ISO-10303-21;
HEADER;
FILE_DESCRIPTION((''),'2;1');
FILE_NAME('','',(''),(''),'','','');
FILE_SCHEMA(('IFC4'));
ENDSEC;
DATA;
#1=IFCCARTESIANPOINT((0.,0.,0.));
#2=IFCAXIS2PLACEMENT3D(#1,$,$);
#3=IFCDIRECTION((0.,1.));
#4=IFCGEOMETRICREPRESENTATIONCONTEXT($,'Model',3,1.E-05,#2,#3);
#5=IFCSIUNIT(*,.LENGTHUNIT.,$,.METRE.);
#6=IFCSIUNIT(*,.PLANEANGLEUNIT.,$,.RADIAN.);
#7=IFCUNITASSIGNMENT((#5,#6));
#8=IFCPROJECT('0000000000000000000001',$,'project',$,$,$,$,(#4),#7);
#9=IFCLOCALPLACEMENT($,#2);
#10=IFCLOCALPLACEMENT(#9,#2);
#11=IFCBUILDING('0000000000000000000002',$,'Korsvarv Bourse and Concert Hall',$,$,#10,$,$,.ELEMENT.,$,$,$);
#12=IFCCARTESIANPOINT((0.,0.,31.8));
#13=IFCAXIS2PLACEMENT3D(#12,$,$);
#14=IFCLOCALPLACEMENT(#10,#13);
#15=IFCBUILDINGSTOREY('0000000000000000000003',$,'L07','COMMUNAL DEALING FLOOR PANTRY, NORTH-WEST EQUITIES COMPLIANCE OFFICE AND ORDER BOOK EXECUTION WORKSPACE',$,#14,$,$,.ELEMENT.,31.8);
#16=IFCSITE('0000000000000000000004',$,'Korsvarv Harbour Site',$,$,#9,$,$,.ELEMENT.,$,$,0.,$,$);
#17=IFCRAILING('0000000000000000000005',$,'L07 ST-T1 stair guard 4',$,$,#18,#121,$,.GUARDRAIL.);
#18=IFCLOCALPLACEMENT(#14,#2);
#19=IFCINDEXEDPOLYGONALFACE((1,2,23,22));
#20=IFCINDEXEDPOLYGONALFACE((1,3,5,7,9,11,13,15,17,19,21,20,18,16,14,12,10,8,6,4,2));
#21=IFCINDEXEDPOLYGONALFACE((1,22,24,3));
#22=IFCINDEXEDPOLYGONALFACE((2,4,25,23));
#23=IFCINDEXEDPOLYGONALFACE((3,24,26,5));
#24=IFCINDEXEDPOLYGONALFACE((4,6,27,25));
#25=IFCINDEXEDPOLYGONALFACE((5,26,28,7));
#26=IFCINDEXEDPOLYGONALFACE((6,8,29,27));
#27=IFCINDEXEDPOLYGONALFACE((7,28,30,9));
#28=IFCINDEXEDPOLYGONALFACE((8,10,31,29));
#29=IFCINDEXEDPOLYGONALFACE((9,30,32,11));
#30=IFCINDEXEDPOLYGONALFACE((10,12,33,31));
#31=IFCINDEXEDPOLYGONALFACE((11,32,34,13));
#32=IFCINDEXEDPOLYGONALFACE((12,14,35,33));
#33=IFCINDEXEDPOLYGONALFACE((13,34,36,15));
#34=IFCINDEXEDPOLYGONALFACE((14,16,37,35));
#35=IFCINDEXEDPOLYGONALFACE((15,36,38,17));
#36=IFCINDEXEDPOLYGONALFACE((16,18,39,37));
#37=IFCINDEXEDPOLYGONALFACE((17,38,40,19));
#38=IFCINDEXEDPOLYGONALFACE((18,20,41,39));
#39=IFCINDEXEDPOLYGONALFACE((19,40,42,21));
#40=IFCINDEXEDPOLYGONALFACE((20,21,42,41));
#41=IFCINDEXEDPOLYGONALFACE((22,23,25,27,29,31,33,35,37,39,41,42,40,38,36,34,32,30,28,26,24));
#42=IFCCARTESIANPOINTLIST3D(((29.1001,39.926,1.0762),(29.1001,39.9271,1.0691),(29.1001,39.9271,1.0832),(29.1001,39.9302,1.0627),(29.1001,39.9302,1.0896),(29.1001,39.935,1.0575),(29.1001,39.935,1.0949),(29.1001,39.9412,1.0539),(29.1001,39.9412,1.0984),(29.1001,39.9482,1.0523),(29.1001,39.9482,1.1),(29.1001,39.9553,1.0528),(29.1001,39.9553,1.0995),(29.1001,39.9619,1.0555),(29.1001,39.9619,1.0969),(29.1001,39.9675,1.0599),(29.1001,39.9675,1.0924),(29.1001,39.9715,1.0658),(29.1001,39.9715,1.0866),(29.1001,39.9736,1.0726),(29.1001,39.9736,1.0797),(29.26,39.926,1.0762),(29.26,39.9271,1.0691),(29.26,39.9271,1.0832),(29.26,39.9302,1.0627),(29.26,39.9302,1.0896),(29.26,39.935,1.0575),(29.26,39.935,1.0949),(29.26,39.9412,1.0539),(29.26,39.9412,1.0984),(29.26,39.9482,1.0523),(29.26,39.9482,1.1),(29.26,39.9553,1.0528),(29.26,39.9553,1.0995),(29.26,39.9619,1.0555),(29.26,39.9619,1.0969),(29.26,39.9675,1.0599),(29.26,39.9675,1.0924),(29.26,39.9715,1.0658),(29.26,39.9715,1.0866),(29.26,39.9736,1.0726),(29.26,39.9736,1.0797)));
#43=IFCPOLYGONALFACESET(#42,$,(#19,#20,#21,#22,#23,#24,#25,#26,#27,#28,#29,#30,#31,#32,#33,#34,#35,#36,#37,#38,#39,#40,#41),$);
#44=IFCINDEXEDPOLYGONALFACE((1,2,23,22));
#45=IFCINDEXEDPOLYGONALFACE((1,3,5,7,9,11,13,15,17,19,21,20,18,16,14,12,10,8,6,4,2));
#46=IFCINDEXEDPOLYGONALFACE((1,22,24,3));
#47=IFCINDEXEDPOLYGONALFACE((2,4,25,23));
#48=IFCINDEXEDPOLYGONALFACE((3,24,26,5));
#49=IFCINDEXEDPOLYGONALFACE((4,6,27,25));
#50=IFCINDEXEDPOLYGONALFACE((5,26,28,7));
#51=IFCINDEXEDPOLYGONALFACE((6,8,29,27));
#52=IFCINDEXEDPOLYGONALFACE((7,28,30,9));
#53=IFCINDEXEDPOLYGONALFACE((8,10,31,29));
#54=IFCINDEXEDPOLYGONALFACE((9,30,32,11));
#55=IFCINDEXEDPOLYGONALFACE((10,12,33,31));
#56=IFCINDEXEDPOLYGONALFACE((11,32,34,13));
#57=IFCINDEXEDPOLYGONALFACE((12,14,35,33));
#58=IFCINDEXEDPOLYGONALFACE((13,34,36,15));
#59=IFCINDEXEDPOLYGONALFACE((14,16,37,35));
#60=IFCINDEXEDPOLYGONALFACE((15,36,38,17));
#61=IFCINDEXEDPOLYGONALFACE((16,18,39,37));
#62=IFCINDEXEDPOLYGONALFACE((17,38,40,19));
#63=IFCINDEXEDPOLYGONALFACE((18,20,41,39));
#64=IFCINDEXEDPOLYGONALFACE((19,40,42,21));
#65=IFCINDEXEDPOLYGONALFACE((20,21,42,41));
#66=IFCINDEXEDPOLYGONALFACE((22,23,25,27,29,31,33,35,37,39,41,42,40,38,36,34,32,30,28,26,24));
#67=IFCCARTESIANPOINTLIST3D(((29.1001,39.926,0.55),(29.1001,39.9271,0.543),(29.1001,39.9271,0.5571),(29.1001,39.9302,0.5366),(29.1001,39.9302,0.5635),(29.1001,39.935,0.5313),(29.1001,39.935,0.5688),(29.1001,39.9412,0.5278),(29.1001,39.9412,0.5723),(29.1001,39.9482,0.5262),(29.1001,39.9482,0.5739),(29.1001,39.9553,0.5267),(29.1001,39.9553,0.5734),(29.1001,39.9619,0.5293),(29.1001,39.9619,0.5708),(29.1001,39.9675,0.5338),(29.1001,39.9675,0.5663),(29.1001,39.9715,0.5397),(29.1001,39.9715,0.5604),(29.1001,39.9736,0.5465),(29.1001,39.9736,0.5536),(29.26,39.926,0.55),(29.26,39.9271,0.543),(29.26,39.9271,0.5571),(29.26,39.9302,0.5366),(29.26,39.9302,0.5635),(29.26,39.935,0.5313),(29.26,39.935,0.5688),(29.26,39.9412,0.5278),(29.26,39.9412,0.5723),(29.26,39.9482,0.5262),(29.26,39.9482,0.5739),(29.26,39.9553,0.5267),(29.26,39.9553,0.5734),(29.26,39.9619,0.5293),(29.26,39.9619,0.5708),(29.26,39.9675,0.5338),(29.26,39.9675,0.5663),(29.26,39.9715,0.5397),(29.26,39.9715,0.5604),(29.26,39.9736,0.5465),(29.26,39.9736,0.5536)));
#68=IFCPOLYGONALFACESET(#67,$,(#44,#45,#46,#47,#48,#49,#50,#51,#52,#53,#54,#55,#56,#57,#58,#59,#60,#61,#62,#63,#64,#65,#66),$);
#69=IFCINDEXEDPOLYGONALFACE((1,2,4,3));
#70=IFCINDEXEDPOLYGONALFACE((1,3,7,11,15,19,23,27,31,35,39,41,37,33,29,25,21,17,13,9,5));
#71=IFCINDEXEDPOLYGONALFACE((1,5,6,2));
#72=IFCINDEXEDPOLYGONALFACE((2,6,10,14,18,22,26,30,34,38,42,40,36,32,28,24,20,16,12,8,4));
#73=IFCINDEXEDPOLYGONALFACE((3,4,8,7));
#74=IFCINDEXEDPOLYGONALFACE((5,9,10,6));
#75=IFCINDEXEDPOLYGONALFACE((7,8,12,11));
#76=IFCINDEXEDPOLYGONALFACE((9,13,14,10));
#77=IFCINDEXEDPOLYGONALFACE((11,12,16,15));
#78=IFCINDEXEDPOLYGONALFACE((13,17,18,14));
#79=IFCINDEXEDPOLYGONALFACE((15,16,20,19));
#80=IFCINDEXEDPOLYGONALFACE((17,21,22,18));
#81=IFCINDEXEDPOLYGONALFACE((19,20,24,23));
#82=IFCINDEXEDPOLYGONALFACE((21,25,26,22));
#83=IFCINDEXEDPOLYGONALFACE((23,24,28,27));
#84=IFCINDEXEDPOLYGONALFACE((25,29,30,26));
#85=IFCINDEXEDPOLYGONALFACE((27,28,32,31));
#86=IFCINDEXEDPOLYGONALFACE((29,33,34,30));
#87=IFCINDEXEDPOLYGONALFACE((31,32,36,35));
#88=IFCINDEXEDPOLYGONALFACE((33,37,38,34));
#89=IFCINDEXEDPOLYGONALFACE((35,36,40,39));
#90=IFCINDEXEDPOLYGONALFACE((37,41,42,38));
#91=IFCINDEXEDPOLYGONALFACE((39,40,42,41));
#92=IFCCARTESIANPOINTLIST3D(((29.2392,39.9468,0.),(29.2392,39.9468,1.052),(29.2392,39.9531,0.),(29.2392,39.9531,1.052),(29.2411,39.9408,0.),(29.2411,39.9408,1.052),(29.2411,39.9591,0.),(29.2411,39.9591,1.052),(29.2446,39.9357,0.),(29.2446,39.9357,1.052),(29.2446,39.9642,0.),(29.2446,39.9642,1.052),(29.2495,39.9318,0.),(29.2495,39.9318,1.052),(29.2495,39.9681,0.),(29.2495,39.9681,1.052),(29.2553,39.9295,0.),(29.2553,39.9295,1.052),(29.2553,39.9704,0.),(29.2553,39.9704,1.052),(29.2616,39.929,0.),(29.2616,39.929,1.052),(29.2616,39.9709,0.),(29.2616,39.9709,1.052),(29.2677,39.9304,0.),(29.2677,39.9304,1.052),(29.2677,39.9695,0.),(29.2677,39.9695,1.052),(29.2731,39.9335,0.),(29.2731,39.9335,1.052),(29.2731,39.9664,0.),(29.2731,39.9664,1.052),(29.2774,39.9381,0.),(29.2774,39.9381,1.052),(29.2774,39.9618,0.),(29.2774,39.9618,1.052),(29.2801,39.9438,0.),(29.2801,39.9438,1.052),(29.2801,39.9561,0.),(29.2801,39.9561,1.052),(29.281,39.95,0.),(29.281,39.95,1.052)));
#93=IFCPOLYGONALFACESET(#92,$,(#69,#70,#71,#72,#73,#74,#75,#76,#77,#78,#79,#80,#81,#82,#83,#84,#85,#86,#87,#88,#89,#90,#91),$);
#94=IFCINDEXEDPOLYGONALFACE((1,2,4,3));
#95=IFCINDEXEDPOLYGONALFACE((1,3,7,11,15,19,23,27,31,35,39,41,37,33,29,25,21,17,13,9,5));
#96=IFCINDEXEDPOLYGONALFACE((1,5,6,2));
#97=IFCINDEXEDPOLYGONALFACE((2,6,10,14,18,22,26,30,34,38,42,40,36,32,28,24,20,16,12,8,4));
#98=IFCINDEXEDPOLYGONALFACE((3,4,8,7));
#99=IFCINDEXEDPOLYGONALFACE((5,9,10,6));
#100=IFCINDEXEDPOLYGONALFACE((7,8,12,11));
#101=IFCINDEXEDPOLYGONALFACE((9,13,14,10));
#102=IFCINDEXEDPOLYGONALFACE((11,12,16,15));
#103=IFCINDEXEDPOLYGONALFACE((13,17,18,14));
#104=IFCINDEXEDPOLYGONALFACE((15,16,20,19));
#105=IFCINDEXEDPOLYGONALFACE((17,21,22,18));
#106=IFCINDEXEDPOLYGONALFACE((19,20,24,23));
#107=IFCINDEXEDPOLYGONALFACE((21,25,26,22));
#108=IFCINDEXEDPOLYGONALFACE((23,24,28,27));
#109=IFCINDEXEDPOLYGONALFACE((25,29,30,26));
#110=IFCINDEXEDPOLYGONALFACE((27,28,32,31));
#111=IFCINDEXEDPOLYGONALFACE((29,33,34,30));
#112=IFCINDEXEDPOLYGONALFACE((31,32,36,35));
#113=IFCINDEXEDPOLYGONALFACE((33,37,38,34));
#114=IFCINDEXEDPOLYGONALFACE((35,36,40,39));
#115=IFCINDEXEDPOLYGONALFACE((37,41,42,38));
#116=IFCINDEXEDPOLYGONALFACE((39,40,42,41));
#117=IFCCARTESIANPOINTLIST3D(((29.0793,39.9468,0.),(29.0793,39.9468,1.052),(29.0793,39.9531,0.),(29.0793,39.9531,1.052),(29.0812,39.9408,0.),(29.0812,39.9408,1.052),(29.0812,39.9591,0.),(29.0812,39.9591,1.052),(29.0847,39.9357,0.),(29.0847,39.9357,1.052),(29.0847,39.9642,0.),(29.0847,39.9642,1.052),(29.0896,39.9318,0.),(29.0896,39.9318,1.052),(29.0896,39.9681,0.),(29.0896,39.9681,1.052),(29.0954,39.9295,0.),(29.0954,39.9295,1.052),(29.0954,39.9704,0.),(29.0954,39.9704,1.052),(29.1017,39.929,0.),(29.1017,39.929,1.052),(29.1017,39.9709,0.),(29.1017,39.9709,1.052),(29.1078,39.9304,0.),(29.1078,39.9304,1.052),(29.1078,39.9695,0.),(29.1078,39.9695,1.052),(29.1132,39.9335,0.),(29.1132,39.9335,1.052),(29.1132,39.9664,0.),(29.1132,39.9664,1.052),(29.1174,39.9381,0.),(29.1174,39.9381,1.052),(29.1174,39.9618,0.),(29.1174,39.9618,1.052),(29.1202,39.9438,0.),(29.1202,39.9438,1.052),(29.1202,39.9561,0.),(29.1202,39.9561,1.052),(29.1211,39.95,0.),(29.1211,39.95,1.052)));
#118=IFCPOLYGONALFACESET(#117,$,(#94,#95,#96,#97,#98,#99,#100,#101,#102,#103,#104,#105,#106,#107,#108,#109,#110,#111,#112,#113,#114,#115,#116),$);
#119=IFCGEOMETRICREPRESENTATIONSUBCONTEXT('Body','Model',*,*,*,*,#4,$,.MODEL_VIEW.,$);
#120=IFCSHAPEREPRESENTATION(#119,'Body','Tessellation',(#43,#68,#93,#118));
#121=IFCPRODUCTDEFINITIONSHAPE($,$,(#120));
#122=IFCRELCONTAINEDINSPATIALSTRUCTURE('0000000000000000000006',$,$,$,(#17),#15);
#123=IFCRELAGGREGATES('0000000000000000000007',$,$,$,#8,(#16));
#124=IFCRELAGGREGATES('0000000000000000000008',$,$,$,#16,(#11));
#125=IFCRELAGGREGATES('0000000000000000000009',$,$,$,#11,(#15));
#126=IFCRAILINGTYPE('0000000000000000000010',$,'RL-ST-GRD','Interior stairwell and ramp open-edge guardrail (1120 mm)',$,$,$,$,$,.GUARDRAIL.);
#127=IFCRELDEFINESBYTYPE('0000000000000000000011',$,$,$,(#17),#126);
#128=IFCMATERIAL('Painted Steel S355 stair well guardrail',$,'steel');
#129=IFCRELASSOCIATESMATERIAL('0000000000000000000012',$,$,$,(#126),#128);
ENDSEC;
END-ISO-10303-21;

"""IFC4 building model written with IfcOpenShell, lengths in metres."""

from ifc_helpers import new_model, si_unit, direction, frame, origin, origin_2d, place, context, subcontext, project, spatial, circle, extrude, material, type_object, element, save


model = new_model("IFC4")

# Units and contexts
model_context = context("Model", 3, precision=1e-05, world=origin(), true_north=direction((0.0, 1.0)))
body_context = subcontext(model_context, "Body", "Model", "MODEL_VIEW")
ifc_project = project(units=[si_unit("LENGTHUNIT", "METRE"), si_unit("PLANEANGLEUNIT", "RADIAN")], contexts=[model_context])

# Site, building, storey
site_placement = place(None, origin())
site = spatial("IfcSite", under=ifc_project, at=site_placement, Name="Korsvarv Harbour Site", CompositionType="ELEMENT", RefElevation=0.0)
building_placement = place(site_placement, origin())
building = spatial("IfcBuilding", under=site, at=building_placement, Name="Korsvarv Bourse and Concert Hall", CompositionType="ELEMENT")
storey_placement = place(building_placement, frame((0.0, 0.0, 31.8)))
storey = spatial("IfcBuildingStorey", under=building, at=storey_placement, Name="L07", Description="COMMUNAL DEALING FLOOR PANTRY, NORTH-WEST EQUITIES COMPLIANCE OFFICE AND ORDER BOOK EXECUTION WORKSPACE", CompositionType="ELEMENT", Elevation=31.8)

# Railing
ifc_material_1 = material(Name="Painted Steel S355 stair well guardrail", Category="steel")
railing_type_1 = type_object("IfcRailingType", Name="RL-ST-GRD", Description="Interior stairwell and ramp open-edge guardrail (1120 mm)", PredefinedType="GUARDRAIL", material=ifc_material_1)
railing_1_placement = place(storey_placement, frame((29.26, 39.95, 0.0)))
element("IfcRailing", 1, at=railing_1_placement, inside=storey, type_object=railing_type_1, Name="L07 ST-T1 stair guard 4", PredefinedType="GUARDRAIL", context=body_context, shape_type="SweptSolid", body=[
    extrude(circle(Radius=0.0239, at=origin_2d()), frame((0.0, 0.0, 1.0762), z_axis=(-1.0, 0.0, 0.0), x_axis=(0.0, -1.0, 0.0)), (0.0, 0.0, 1.0), 0.1599),
    extrude(circle(Radius=0.0239, at=origin_2d()), frame((0.0, 0.0, 0.55), z_axis=(-1.0, 0.0, 0.0), x_axis=(0.0, -1.0, 0.0)), (0.0, 0.0, 1.0), 0.1599),
    extrude(circle(Radius=0.021, at=origin_2d()), origin(), (0.0, 0.0, 1.0), 1.052),
    extrude(circle(Radius=0.021, at=origin_2d()), frame((-0.1599, 0.0, 0.0)), (0.0, 0.0, 1.0), 1.052),
])

save(model, "model.ifc")
